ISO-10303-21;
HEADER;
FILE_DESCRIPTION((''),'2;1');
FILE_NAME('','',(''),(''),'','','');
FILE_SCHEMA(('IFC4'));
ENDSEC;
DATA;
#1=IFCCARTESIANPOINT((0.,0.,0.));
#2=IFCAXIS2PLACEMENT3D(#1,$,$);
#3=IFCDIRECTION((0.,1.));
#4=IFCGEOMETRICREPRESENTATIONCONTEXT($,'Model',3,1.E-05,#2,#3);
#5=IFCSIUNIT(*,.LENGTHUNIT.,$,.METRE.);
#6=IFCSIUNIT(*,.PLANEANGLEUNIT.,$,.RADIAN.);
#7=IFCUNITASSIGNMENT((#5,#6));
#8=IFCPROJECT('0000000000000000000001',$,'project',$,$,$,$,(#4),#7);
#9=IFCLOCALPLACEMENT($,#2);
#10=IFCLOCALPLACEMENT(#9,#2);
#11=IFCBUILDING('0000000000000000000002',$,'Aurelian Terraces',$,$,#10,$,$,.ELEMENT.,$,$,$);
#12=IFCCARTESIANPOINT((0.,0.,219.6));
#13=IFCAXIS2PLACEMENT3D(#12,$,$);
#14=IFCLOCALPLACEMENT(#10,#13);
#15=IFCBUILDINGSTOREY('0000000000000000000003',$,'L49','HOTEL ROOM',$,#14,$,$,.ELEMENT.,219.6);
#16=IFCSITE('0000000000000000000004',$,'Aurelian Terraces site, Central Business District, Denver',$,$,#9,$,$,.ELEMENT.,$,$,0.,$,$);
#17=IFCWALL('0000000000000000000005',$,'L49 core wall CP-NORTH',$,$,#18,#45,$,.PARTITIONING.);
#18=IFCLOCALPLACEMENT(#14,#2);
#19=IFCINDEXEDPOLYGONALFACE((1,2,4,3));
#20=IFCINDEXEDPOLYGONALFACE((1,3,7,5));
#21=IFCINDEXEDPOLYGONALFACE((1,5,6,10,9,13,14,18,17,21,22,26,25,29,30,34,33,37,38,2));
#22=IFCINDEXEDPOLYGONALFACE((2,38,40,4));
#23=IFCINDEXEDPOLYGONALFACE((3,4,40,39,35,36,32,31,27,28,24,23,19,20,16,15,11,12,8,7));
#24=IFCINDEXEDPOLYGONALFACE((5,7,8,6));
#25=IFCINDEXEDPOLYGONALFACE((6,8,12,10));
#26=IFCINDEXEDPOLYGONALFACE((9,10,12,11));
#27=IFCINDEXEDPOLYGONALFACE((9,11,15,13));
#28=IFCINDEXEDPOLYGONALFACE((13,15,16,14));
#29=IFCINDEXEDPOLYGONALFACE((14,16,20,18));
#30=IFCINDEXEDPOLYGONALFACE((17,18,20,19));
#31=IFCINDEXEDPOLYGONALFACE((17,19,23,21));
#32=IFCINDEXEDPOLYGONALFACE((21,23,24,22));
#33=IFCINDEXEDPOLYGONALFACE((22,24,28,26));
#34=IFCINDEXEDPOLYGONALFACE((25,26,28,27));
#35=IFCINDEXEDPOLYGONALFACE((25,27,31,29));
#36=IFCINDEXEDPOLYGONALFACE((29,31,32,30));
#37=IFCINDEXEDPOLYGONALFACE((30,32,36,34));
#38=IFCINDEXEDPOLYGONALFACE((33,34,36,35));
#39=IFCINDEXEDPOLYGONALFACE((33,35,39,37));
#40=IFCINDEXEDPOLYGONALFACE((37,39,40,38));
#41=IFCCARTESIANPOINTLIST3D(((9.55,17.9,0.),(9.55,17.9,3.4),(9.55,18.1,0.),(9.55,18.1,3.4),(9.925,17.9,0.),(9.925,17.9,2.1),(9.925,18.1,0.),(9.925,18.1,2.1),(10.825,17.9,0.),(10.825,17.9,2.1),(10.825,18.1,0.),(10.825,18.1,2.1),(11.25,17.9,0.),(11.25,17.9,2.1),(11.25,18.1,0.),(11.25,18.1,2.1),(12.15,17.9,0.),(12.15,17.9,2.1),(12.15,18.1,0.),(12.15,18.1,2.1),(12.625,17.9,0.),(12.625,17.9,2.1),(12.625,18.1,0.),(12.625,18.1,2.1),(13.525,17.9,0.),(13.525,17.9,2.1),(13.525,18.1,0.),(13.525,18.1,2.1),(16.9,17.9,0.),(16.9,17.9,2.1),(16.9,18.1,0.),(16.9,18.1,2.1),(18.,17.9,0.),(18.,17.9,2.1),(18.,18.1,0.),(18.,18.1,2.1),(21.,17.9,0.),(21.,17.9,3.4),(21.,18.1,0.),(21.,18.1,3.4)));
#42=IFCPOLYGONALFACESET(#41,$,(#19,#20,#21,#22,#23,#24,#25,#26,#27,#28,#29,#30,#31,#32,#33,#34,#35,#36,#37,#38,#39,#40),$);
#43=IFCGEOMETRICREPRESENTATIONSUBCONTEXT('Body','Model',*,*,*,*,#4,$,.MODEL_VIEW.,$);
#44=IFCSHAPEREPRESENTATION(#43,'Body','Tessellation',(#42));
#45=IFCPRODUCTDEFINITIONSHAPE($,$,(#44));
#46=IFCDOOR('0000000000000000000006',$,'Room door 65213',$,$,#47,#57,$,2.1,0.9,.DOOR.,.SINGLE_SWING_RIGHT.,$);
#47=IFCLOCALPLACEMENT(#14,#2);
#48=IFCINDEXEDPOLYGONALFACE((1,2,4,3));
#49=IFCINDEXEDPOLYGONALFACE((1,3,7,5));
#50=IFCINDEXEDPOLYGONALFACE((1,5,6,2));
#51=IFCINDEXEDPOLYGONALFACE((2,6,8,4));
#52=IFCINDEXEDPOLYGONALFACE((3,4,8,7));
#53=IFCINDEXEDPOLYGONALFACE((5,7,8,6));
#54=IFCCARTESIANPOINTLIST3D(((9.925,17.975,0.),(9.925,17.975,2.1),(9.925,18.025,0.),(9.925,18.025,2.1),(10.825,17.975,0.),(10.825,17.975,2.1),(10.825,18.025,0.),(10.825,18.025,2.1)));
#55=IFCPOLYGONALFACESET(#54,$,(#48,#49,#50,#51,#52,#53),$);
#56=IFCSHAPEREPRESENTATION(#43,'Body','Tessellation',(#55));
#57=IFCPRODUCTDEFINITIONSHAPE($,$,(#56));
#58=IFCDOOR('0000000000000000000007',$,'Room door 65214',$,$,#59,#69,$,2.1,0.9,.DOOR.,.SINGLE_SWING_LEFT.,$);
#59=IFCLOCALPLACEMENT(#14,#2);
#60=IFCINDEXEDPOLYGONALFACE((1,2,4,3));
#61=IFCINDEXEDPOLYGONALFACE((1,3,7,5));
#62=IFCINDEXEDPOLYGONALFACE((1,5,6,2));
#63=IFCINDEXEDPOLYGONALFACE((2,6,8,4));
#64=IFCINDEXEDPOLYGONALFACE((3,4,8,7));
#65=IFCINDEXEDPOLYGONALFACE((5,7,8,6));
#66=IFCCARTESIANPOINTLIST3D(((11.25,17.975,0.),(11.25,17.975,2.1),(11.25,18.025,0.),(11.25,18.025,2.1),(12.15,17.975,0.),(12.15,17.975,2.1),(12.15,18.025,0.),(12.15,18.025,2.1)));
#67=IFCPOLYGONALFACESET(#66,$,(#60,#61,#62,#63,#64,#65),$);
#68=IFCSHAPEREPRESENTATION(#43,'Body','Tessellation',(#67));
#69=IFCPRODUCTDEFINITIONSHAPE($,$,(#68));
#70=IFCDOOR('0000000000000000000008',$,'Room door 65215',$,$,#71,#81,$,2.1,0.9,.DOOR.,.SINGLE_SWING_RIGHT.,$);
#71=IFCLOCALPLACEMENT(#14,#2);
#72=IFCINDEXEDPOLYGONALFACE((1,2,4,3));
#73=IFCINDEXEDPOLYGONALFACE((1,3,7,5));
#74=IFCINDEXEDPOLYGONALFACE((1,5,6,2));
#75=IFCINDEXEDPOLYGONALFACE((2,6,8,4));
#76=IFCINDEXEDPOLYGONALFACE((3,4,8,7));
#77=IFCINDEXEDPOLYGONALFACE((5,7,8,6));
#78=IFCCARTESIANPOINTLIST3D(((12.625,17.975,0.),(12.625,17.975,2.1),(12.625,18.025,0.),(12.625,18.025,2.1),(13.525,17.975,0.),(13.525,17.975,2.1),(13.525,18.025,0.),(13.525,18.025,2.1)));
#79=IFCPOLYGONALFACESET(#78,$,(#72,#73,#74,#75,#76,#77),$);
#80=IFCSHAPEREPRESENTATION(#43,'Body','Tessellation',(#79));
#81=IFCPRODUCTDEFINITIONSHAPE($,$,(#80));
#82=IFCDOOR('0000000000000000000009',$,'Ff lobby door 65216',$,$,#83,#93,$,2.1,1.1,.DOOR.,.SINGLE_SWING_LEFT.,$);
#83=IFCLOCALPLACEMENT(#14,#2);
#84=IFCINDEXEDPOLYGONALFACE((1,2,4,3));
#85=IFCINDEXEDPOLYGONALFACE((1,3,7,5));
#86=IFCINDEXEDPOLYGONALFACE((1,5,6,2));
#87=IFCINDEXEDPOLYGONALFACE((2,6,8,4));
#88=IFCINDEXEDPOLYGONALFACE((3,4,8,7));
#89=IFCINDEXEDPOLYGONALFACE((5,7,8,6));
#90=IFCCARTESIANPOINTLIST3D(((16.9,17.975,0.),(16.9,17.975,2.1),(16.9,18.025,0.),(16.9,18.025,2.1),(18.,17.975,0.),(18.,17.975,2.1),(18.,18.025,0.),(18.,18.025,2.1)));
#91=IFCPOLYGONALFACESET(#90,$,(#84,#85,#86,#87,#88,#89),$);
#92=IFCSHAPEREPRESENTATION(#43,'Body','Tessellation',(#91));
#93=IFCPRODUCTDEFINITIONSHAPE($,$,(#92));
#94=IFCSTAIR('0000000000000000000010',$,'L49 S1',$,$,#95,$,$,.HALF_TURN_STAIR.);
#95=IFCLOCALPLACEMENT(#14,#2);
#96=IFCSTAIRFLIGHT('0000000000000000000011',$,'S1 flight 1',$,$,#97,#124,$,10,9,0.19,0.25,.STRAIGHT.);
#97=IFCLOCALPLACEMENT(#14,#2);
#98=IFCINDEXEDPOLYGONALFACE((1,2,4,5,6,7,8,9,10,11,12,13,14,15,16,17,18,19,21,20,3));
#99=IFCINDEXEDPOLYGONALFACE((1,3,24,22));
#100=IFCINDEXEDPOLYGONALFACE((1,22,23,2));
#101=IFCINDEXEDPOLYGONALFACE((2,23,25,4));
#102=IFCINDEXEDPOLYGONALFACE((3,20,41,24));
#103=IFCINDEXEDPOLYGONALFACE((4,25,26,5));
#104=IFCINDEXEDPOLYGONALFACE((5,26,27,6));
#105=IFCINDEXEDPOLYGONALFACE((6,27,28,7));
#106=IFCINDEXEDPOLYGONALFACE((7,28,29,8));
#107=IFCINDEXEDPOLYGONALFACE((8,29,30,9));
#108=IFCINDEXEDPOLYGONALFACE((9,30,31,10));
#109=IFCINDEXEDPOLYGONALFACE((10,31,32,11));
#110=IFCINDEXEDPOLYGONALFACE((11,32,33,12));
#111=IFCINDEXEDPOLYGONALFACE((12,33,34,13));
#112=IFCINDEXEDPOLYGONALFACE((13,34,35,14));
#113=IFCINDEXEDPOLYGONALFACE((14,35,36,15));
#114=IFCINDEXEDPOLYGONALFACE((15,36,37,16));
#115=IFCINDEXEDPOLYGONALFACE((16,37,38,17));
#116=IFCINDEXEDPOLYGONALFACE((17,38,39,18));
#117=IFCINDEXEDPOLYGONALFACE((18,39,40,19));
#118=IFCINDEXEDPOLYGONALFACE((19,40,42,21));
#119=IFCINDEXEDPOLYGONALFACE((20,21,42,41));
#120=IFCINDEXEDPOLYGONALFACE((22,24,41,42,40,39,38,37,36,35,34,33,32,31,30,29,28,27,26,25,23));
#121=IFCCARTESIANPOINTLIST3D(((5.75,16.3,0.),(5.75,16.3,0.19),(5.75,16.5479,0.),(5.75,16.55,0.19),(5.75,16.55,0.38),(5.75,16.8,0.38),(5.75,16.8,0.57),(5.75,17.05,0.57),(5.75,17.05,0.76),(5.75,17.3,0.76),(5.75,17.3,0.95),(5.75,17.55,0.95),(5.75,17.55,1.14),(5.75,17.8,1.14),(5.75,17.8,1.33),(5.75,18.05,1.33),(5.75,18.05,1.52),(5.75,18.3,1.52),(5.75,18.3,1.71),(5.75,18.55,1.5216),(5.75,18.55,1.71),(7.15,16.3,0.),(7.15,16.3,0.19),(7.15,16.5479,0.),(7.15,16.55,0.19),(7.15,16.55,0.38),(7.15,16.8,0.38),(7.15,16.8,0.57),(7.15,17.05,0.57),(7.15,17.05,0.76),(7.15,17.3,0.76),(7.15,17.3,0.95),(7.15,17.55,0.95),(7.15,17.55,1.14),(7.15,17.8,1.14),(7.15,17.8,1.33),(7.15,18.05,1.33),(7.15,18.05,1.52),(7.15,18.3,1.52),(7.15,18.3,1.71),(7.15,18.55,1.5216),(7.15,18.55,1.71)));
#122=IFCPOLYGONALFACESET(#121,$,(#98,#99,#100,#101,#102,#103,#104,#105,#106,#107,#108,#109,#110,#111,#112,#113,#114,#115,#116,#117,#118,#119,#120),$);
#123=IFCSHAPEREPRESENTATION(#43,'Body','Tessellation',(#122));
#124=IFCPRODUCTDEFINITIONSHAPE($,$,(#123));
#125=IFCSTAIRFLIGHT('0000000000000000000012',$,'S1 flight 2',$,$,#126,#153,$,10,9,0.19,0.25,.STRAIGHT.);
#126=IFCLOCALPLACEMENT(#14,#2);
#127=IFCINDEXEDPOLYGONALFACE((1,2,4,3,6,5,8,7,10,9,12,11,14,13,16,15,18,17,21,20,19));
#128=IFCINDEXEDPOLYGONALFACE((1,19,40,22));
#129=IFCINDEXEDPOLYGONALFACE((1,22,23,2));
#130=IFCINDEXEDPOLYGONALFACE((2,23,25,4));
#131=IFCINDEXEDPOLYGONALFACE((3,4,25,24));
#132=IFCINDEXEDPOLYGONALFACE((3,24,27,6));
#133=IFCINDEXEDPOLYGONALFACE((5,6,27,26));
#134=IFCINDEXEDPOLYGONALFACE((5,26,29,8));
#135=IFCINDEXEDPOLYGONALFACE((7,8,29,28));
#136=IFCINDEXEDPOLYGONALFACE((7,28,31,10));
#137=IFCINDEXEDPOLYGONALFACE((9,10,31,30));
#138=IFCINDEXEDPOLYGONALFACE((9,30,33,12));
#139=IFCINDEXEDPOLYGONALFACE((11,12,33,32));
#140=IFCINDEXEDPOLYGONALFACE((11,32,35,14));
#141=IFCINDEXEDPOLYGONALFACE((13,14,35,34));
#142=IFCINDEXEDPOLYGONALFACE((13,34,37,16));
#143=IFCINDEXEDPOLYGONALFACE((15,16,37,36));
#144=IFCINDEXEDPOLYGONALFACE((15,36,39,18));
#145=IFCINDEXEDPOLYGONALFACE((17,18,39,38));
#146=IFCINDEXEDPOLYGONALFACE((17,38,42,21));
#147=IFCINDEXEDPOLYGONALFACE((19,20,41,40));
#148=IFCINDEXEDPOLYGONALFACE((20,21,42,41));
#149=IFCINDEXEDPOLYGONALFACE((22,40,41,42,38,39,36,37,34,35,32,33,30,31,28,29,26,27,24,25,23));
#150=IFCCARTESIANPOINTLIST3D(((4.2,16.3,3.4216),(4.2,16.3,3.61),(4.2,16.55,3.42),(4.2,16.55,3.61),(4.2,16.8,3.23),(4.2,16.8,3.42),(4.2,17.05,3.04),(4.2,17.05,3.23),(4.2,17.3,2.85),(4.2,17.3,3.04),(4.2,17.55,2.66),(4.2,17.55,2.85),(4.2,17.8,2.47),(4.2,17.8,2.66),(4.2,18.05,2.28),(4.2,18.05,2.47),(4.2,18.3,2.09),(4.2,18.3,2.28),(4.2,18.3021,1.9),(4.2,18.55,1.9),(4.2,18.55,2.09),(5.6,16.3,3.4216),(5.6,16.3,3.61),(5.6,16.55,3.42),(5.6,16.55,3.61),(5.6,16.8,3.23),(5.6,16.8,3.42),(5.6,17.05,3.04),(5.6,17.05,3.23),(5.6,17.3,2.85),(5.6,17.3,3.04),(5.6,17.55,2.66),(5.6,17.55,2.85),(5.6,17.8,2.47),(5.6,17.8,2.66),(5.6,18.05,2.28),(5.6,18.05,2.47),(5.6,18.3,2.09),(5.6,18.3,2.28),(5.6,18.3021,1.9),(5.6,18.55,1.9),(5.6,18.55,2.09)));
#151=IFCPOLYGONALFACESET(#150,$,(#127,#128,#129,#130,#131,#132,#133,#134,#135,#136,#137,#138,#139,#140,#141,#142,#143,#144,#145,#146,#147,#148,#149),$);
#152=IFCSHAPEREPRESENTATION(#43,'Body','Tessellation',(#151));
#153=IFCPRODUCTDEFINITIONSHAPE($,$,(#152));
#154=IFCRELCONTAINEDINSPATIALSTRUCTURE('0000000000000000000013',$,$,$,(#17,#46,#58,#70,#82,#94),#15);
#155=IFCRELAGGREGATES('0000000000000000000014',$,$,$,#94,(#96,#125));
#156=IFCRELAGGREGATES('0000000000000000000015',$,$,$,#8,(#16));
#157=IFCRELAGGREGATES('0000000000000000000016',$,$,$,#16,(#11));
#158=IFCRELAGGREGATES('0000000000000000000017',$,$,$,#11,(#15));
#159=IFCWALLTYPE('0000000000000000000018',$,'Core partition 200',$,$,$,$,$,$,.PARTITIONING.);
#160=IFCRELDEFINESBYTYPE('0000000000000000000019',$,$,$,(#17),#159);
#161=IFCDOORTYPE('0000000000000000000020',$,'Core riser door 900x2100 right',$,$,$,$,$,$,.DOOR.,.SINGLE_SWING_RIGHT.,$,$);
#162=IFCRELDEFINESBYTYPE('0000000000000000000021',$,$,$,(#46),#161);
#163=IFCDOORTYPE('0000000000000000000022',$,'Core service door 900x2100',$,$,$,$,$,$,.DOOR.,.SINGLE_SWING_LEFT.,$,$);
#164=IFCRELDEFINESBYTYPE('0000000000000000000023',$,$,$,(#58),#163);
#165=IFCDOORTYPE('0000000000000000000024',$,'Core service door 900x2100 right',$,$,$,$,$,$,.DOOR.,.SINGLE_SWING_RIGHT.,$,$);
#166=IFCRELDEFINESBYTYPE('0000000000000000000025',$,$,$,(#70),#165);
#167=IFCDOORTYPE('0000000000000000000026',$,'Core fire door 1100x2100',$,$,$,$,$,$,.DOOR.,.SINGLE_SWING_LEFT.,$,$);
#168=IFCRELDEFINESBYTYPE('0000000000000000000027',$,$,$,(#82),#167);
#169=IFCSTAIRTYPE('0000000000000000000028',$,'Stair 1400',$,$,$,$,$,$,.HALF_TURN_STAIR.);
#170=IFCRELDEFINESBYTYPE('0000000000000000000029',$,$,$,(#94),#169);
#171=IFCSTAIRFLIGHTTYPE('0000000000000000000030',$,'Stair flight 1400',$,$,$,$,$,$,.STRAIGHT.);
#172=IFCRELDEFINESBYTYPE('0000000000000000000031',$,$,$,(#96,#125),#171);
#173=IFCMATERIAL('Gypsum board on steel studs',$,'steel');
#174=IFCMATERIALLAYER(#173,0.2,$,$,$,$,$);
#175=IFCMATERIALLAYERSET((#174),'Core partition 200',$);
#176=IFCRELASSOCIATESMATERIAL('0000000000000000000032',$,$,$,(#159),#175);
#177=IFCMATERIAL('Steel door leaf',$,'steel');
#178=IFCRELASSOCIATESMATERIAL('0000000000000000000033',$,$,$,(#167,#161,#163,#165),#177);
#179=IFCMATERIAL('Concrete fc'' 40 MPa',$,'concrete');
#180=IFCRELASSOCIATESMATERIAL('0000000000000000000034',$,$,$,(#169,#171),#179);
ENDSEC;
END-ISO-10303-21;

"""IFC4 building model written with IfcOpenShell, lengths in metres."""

from ifc_helpers import new_model, si_unit, direction, frame, frame_2d, origin, place, context, subcontext, project, spatial, polyline, rectangle, outline, extrude, source, transform, mapped, material, layer, layer_set, type_object, element, fill, aggregate, save


model = new_model("IFC4")

# Units and contexts
model_context = context("Model", 3, precision=1e-05, world=origin(), true_north=direction((0.0, 1.0)))
body_context = subcontext(model_context, "Body", "Model", "MODEL_VIEW")
ifc_project = project(units=[si_unit("LENGTHUNIT", "METRE"), si_unit("PLANEANGLEUNIT", "RADIAN")], contexts=[model_context])

# Site, building, storey
site_placement = place(None, origin())
site = spatial("IfcSite", under=ifc_project, at=site_placement, Name="Aurelian Terraces site, Central Business District, Denver", CompositionType="ELEMENT", RefElevation=0.0)
building_placement = place(site_placement, origin())
building = spatial("IfcBuilding", under=site, at=building_placement, Name="Aurelian Terraces", CompositionType="ELEMENT")
storey_placement = place(building_placement, frame((0.0, 0.0, 219.6)))
storey = spatial("IfcBuildingStorey", under=building, at=storey_placement, Name="L49", Description="HOTEL ROOM", CompositionType="ELEMENT", Elevation=219.6)

# Shared definitions
ifc_material_1 = material(Name="Concrete fc' 40 MPa", Category="concrete")
shared_shape_1 = source(origin(), body_context, "Body", "SweptSolid", [
    extrude(rectangle(XDim=1.1, YDim=2.1, at=frame_2d((0.55, 1.05))), frame((0.0, 0.11, 0.0), z_axis=(0.0, -1.0, 0.0), x_axis=(1.0, 0.0, 0.0)), (0.0, 0.0, 1.0), 0.22),
])
shared_shape_2 = source(origin(), body_context, "Body", "SweptSolid", [
    extrude(rectangle(XDim=1.1, YDim=2.1, at=frame_2d((0.55, 1.05))), frame((0.0, 0.025, 0.0), z_axis=(0.0, -1.0, 0.0), x_axis=(1.0, 0.0, 0.0)), (0.0, 0.0, 1.0), 0.05),
])

# Shared definitions
ifc_material_2 = material(Name="Gypsum board on steel studs", Category="steel")
ifc_layer_1 = layer(ifc_material_2, 0.2)
ifc_layer_set_1 = layer_set([ifc_layer_1], Name="Core partition 200")
wall_type_1 = type_object("IfcWallType", Name="Core partition 200", PredefinedType="PARTITIONING", material=ifc_layer_set_1)

# Shared definitions
ifc_material_3 = material(Name="Steel door leaf", Category="steel")
door_type_1 = type_object("IfcDoorType", Name="Core fire door 1100x2100", OperationType="SINGLE_SWING_LEFT", PredefinedType="DOOR", material=ifc_material_3)

# Wall, openings, doors
shared_shape_3 = source(origin(), body_context, "Body", "SweptSolid", [
    extrude(rectangle(XDim=11.45, YDim=0.2, at=frame_2d((5.725, 0.0))), origin(), (0.0, 0.0, 1.0), 3.4),
])
wall_1_placement = place(storey_placement, frame((9.55, 18.0, 0.0), z_axis=(0.0, 0.0, 1.0), x_axis=(1.0, 0.0, 0.0)))
wall_1 = element("IfcWall", 1, at=wall_1_placement, inside=storey, type_object=wall_type_1, Name="L49 core wall CP-NORTH", PredefinedType="PARTITIONING", context=body_context, shape_type="MappedRepresentation", body=[
    mapped(shared_shape_3, transform((0.0, 0.0, 0.0), scale=1.0)),
])
shared_shape_4 = source(origin(), body_context, "Body", "SweptSolid", [
    extrude(rectangle(XDim=0.9, YDim=2.1, at=frame_2d((0.45, 1.05))), frame((0.0, 0.11, 0.0), z_axis=(0.0, -1.0, 0.0), x_axis=(1.0, 0.0, 0.0)), (0.0, 0.0, 1.0), 0.22),
])
opening_1_placement = place(wall_1_placement, frame((0.375, 0.0, 0.0)))
opening_1 = element("IfcOpeningElement", 2, at=opening_1_placement, cuts=wall_1, PredefinedType="OPENING", context=body_context, shape_type="MappedRepresentation", body=[
    mapped(shared_shape_4, transform((0.0, 0.0, 0.0), scale=1.0)),
])
opening_2_placement = place(wall_1_placement, frame((1.7, 0.0, 0.0)))
opening_2 = element("IfcOpeningElement", 3, at=opening_2_placement, cuts=wall_1, PredefinedType="OPENING", context=body_context, shape_type="MappedRepresentation", body=[
    mapped(shared_shape_4, transform((0.0, 0.0, 0.0), scale=1.0)),
])
opening_3_placement = place(wall_1_placement, frame((3.075, 0.0, 0.0)))
opening_3 = element("IfcOpeningElement", 4, at=opening_3_placement, cuts=wall_1, PredefinedType="OPENING", context=body_context, shape_type="MappedRepresentation", body=[
    mapped(shared_shape_4, transform((0.0, 0.0, 0.0), scale=1.0)),
])
opening_4_placement = place(wall_1_placement, frame((7.35, 0.0, 0.0)))
opening_4 = element("IfcOpeningElement", 5, at=opening_4_placement, cuts=wall_1, PredefinedType="OPENING", context=body_context, shape_type="MappedRepresentation", body=[
    mapped(shared_shape_1, transform((0.0, 0.0, 0.0), scale=1.0)),
])
door_type_2 = type_object("IfcDoorType", Name="Core riser door 900x2100 right", OperationType="SINGLE_SWING_RIGHT", PredefinedType="DOOR", material=ifc_material_3)
shared_shape_5 = source(origin(), body_context, "Body", "SweptSolid", [
    extrude(rectangle(XDim=0.9, YDim=2.1, at=frame_2d((0.45, 1.05))), frame((0.0, 0.025, 0.0), z_axis=(0.0, -1.0, 0.0), x_axis=(1.0, 0.0, 0.0)), (0.0, 0.0, 1.0), 0.05),
])
door_1_placement = place(opening_1_placement, origin())
door_1 = element("IfcDoor", 6, at=door_1_placement, inside=storey, type_object=door_type_2, Name="Room door 65213", OperationType="SINGLE_SWING_RIGHT", OverallHeight=2.1, OverallWidth=0.9, PredefinedType="DOOR", context=body_context, shape_type="MappedRepresentation", body=[
    mapped(shared_shape_5, transform((0.0, 0.0, 0.0), scale=1.0)),
])
fill(opening_1, door_1)
door_type_3 = type_object("IfcDoorType", Name="Core service door 900x2100", OperationType="SINGLE_SWING_LEFT", PredefinedType="DOOR", material=ifc_material_3)
door_2_placement = place(opening_2_placement, origin())
door_2 = element("IfcDoor", 7, at=door_2_placement, inside=storey, type_object=door_type_3, Name="Room door 65214", OperationType="SINGLE_SWING_LEFT", OverallHeight=2.1, OverallWidth=0.9, PredefinedType="DOOR", context=body_context, shape_type="MappedRepresentation", body=[
    mapped(shared_shape_5, transform((0.0, 0.0, 0.0), scale=1.0)),
])
fill(opening_2, door_2)
door_type_4 = type_object("IfcDoorType", Name="Core service door 900x2100 right", OperationType="SINGLE_SWING_RIGHT", PredefinedType="DOOR", material=ifc_material_3)
door_3_placement = place(opening_3_placement, origin())
door_3 = element("IfcDoor", 8, at=door_3_placement, inside=storey, type_object=door_type_4, Name="Room door 65215", OperationType="SINGLE_SWING_RIGHT", OverallHeight=2.1, OverallWidth=0.9, PredefinedType="DOOR", context=body_context, shape_type="MappedRepresentation", body=[
    mapped(shared_shape_5, transform((0.0, 0.0, 0.0), scale=1.0)),
])
fill(opening_3, door_3)
door_4_placement = place(opening_4_placement, origin())
door_4 = element("IfcDoor", 9, at=door_4_placement, inside=storey, type_object=door_type_1, Name="Ff lobby door 65216", OperationType="SINGLE_SWING_LEFT", OverallHeight=2.1, OverallWidth=1.1, PredefinedType="DOOR", context=body_context, shape_type="MappedRepresentation", body=[
    mapped(shared_shape_2, transform((0.0, 0.0, 0.0), scale=1.0)),
])
fill(opening_4, door_4)

# Stair, stair flights
stair_type = type_object("IfcStairType", Name="Stair 1400", PredefinedType="HALF_TURN_STAIR", material=ifc_material_1)
stair_placement = place(storey_placement, origin())
stair = element("IfcStair", 10, at=stair_placement, inside=storey, type_object=stair_type, Name="L49 S1", PredefinedType="HALF_TURN_STAIR")
stair_flight_type = type_object("IfcStairFlightType", Name="Stair flight 1400", PredefinedType="STRAIGHT", material=ifc_material_1)
shared_shape_6 = source(origin(), body_context, "Body", "SweptSolid", [
    extrude(outline(polyline([(0.0, 0.0), (0.0, 0.19), (0.25, 0.19), (0.25, 0.38), (0.5, 0.38), (0.5, 0.57), (0.75, 0.57), (0.75, 0.76), (1.0, 0.76), (1.0, 0.95), (1.25, 0.95), (1.25, 1.14), (1.5, 1.14), (1.5, 1.33), (1.75, 1.33), (1.75, 1.52), (2.0, 1.52), (2.0, 1.71), (2.25, 1.71), (2.25, 1.9), (2.25, 1.5216), (0.2479, 0.0), (0.0, 0.0)])), frame((0.0, 0.7, 0.0), z_axis=(0.0, -1.0, 0.0), x_axis=(1.0, 0.0, 0.0)), (0.0, 0.0, 1.0), 1.4),
])
stair_flight_1_placement = place(storey_placement, frame((6.45, 16.3, 0.0), z_axis=(0.0, 0.0, 1.0), x_axis=(0.0, 1.0, 0.0)))
stair_flight_1 = element("IfcStairFlight", 11, at=stair_flight_1_placement, type_object=stair_flight_type, Name="S1 flight 1", NumberOfRisers=10, NumberOfTreads=9, PredefinedType="STRAIGHT", RiserHeight=0.19, TreadLength=0.25, context=body_context, shape_type="MappedRepresentation", body=[
    mapped(shared_shape_6, transform((0.0, 0.0, 0.0), scale=1.0)),
])
stair_flight_2_placement = place(storey_placement, frame((4.9, 18.55, 1.9), z_axis=(0.0, 0.0, 1.0), x_axis=(0.0, -1.0, 0.0)))
stair_flight_2 = element("IfcStairFlight", 12, at=stair_flight_2_placement, type_object=stair_flight_type, Name="S1 flight 2", NumberOfRisers=10, NumberOfTreads=9, PredefinedType="STRAIGHT", RiserHeight=0.19, TreadLength=0.25, context=body_context, shape_type="MappedRepresentation", body=[
    mapped(shared_shape_6, transform((0.0, 0.0, 0.0), scale=1.0)),
])
aggregate(stair, [stair_flight_1, stair_flight_2])

save(model, "model.ifc")
